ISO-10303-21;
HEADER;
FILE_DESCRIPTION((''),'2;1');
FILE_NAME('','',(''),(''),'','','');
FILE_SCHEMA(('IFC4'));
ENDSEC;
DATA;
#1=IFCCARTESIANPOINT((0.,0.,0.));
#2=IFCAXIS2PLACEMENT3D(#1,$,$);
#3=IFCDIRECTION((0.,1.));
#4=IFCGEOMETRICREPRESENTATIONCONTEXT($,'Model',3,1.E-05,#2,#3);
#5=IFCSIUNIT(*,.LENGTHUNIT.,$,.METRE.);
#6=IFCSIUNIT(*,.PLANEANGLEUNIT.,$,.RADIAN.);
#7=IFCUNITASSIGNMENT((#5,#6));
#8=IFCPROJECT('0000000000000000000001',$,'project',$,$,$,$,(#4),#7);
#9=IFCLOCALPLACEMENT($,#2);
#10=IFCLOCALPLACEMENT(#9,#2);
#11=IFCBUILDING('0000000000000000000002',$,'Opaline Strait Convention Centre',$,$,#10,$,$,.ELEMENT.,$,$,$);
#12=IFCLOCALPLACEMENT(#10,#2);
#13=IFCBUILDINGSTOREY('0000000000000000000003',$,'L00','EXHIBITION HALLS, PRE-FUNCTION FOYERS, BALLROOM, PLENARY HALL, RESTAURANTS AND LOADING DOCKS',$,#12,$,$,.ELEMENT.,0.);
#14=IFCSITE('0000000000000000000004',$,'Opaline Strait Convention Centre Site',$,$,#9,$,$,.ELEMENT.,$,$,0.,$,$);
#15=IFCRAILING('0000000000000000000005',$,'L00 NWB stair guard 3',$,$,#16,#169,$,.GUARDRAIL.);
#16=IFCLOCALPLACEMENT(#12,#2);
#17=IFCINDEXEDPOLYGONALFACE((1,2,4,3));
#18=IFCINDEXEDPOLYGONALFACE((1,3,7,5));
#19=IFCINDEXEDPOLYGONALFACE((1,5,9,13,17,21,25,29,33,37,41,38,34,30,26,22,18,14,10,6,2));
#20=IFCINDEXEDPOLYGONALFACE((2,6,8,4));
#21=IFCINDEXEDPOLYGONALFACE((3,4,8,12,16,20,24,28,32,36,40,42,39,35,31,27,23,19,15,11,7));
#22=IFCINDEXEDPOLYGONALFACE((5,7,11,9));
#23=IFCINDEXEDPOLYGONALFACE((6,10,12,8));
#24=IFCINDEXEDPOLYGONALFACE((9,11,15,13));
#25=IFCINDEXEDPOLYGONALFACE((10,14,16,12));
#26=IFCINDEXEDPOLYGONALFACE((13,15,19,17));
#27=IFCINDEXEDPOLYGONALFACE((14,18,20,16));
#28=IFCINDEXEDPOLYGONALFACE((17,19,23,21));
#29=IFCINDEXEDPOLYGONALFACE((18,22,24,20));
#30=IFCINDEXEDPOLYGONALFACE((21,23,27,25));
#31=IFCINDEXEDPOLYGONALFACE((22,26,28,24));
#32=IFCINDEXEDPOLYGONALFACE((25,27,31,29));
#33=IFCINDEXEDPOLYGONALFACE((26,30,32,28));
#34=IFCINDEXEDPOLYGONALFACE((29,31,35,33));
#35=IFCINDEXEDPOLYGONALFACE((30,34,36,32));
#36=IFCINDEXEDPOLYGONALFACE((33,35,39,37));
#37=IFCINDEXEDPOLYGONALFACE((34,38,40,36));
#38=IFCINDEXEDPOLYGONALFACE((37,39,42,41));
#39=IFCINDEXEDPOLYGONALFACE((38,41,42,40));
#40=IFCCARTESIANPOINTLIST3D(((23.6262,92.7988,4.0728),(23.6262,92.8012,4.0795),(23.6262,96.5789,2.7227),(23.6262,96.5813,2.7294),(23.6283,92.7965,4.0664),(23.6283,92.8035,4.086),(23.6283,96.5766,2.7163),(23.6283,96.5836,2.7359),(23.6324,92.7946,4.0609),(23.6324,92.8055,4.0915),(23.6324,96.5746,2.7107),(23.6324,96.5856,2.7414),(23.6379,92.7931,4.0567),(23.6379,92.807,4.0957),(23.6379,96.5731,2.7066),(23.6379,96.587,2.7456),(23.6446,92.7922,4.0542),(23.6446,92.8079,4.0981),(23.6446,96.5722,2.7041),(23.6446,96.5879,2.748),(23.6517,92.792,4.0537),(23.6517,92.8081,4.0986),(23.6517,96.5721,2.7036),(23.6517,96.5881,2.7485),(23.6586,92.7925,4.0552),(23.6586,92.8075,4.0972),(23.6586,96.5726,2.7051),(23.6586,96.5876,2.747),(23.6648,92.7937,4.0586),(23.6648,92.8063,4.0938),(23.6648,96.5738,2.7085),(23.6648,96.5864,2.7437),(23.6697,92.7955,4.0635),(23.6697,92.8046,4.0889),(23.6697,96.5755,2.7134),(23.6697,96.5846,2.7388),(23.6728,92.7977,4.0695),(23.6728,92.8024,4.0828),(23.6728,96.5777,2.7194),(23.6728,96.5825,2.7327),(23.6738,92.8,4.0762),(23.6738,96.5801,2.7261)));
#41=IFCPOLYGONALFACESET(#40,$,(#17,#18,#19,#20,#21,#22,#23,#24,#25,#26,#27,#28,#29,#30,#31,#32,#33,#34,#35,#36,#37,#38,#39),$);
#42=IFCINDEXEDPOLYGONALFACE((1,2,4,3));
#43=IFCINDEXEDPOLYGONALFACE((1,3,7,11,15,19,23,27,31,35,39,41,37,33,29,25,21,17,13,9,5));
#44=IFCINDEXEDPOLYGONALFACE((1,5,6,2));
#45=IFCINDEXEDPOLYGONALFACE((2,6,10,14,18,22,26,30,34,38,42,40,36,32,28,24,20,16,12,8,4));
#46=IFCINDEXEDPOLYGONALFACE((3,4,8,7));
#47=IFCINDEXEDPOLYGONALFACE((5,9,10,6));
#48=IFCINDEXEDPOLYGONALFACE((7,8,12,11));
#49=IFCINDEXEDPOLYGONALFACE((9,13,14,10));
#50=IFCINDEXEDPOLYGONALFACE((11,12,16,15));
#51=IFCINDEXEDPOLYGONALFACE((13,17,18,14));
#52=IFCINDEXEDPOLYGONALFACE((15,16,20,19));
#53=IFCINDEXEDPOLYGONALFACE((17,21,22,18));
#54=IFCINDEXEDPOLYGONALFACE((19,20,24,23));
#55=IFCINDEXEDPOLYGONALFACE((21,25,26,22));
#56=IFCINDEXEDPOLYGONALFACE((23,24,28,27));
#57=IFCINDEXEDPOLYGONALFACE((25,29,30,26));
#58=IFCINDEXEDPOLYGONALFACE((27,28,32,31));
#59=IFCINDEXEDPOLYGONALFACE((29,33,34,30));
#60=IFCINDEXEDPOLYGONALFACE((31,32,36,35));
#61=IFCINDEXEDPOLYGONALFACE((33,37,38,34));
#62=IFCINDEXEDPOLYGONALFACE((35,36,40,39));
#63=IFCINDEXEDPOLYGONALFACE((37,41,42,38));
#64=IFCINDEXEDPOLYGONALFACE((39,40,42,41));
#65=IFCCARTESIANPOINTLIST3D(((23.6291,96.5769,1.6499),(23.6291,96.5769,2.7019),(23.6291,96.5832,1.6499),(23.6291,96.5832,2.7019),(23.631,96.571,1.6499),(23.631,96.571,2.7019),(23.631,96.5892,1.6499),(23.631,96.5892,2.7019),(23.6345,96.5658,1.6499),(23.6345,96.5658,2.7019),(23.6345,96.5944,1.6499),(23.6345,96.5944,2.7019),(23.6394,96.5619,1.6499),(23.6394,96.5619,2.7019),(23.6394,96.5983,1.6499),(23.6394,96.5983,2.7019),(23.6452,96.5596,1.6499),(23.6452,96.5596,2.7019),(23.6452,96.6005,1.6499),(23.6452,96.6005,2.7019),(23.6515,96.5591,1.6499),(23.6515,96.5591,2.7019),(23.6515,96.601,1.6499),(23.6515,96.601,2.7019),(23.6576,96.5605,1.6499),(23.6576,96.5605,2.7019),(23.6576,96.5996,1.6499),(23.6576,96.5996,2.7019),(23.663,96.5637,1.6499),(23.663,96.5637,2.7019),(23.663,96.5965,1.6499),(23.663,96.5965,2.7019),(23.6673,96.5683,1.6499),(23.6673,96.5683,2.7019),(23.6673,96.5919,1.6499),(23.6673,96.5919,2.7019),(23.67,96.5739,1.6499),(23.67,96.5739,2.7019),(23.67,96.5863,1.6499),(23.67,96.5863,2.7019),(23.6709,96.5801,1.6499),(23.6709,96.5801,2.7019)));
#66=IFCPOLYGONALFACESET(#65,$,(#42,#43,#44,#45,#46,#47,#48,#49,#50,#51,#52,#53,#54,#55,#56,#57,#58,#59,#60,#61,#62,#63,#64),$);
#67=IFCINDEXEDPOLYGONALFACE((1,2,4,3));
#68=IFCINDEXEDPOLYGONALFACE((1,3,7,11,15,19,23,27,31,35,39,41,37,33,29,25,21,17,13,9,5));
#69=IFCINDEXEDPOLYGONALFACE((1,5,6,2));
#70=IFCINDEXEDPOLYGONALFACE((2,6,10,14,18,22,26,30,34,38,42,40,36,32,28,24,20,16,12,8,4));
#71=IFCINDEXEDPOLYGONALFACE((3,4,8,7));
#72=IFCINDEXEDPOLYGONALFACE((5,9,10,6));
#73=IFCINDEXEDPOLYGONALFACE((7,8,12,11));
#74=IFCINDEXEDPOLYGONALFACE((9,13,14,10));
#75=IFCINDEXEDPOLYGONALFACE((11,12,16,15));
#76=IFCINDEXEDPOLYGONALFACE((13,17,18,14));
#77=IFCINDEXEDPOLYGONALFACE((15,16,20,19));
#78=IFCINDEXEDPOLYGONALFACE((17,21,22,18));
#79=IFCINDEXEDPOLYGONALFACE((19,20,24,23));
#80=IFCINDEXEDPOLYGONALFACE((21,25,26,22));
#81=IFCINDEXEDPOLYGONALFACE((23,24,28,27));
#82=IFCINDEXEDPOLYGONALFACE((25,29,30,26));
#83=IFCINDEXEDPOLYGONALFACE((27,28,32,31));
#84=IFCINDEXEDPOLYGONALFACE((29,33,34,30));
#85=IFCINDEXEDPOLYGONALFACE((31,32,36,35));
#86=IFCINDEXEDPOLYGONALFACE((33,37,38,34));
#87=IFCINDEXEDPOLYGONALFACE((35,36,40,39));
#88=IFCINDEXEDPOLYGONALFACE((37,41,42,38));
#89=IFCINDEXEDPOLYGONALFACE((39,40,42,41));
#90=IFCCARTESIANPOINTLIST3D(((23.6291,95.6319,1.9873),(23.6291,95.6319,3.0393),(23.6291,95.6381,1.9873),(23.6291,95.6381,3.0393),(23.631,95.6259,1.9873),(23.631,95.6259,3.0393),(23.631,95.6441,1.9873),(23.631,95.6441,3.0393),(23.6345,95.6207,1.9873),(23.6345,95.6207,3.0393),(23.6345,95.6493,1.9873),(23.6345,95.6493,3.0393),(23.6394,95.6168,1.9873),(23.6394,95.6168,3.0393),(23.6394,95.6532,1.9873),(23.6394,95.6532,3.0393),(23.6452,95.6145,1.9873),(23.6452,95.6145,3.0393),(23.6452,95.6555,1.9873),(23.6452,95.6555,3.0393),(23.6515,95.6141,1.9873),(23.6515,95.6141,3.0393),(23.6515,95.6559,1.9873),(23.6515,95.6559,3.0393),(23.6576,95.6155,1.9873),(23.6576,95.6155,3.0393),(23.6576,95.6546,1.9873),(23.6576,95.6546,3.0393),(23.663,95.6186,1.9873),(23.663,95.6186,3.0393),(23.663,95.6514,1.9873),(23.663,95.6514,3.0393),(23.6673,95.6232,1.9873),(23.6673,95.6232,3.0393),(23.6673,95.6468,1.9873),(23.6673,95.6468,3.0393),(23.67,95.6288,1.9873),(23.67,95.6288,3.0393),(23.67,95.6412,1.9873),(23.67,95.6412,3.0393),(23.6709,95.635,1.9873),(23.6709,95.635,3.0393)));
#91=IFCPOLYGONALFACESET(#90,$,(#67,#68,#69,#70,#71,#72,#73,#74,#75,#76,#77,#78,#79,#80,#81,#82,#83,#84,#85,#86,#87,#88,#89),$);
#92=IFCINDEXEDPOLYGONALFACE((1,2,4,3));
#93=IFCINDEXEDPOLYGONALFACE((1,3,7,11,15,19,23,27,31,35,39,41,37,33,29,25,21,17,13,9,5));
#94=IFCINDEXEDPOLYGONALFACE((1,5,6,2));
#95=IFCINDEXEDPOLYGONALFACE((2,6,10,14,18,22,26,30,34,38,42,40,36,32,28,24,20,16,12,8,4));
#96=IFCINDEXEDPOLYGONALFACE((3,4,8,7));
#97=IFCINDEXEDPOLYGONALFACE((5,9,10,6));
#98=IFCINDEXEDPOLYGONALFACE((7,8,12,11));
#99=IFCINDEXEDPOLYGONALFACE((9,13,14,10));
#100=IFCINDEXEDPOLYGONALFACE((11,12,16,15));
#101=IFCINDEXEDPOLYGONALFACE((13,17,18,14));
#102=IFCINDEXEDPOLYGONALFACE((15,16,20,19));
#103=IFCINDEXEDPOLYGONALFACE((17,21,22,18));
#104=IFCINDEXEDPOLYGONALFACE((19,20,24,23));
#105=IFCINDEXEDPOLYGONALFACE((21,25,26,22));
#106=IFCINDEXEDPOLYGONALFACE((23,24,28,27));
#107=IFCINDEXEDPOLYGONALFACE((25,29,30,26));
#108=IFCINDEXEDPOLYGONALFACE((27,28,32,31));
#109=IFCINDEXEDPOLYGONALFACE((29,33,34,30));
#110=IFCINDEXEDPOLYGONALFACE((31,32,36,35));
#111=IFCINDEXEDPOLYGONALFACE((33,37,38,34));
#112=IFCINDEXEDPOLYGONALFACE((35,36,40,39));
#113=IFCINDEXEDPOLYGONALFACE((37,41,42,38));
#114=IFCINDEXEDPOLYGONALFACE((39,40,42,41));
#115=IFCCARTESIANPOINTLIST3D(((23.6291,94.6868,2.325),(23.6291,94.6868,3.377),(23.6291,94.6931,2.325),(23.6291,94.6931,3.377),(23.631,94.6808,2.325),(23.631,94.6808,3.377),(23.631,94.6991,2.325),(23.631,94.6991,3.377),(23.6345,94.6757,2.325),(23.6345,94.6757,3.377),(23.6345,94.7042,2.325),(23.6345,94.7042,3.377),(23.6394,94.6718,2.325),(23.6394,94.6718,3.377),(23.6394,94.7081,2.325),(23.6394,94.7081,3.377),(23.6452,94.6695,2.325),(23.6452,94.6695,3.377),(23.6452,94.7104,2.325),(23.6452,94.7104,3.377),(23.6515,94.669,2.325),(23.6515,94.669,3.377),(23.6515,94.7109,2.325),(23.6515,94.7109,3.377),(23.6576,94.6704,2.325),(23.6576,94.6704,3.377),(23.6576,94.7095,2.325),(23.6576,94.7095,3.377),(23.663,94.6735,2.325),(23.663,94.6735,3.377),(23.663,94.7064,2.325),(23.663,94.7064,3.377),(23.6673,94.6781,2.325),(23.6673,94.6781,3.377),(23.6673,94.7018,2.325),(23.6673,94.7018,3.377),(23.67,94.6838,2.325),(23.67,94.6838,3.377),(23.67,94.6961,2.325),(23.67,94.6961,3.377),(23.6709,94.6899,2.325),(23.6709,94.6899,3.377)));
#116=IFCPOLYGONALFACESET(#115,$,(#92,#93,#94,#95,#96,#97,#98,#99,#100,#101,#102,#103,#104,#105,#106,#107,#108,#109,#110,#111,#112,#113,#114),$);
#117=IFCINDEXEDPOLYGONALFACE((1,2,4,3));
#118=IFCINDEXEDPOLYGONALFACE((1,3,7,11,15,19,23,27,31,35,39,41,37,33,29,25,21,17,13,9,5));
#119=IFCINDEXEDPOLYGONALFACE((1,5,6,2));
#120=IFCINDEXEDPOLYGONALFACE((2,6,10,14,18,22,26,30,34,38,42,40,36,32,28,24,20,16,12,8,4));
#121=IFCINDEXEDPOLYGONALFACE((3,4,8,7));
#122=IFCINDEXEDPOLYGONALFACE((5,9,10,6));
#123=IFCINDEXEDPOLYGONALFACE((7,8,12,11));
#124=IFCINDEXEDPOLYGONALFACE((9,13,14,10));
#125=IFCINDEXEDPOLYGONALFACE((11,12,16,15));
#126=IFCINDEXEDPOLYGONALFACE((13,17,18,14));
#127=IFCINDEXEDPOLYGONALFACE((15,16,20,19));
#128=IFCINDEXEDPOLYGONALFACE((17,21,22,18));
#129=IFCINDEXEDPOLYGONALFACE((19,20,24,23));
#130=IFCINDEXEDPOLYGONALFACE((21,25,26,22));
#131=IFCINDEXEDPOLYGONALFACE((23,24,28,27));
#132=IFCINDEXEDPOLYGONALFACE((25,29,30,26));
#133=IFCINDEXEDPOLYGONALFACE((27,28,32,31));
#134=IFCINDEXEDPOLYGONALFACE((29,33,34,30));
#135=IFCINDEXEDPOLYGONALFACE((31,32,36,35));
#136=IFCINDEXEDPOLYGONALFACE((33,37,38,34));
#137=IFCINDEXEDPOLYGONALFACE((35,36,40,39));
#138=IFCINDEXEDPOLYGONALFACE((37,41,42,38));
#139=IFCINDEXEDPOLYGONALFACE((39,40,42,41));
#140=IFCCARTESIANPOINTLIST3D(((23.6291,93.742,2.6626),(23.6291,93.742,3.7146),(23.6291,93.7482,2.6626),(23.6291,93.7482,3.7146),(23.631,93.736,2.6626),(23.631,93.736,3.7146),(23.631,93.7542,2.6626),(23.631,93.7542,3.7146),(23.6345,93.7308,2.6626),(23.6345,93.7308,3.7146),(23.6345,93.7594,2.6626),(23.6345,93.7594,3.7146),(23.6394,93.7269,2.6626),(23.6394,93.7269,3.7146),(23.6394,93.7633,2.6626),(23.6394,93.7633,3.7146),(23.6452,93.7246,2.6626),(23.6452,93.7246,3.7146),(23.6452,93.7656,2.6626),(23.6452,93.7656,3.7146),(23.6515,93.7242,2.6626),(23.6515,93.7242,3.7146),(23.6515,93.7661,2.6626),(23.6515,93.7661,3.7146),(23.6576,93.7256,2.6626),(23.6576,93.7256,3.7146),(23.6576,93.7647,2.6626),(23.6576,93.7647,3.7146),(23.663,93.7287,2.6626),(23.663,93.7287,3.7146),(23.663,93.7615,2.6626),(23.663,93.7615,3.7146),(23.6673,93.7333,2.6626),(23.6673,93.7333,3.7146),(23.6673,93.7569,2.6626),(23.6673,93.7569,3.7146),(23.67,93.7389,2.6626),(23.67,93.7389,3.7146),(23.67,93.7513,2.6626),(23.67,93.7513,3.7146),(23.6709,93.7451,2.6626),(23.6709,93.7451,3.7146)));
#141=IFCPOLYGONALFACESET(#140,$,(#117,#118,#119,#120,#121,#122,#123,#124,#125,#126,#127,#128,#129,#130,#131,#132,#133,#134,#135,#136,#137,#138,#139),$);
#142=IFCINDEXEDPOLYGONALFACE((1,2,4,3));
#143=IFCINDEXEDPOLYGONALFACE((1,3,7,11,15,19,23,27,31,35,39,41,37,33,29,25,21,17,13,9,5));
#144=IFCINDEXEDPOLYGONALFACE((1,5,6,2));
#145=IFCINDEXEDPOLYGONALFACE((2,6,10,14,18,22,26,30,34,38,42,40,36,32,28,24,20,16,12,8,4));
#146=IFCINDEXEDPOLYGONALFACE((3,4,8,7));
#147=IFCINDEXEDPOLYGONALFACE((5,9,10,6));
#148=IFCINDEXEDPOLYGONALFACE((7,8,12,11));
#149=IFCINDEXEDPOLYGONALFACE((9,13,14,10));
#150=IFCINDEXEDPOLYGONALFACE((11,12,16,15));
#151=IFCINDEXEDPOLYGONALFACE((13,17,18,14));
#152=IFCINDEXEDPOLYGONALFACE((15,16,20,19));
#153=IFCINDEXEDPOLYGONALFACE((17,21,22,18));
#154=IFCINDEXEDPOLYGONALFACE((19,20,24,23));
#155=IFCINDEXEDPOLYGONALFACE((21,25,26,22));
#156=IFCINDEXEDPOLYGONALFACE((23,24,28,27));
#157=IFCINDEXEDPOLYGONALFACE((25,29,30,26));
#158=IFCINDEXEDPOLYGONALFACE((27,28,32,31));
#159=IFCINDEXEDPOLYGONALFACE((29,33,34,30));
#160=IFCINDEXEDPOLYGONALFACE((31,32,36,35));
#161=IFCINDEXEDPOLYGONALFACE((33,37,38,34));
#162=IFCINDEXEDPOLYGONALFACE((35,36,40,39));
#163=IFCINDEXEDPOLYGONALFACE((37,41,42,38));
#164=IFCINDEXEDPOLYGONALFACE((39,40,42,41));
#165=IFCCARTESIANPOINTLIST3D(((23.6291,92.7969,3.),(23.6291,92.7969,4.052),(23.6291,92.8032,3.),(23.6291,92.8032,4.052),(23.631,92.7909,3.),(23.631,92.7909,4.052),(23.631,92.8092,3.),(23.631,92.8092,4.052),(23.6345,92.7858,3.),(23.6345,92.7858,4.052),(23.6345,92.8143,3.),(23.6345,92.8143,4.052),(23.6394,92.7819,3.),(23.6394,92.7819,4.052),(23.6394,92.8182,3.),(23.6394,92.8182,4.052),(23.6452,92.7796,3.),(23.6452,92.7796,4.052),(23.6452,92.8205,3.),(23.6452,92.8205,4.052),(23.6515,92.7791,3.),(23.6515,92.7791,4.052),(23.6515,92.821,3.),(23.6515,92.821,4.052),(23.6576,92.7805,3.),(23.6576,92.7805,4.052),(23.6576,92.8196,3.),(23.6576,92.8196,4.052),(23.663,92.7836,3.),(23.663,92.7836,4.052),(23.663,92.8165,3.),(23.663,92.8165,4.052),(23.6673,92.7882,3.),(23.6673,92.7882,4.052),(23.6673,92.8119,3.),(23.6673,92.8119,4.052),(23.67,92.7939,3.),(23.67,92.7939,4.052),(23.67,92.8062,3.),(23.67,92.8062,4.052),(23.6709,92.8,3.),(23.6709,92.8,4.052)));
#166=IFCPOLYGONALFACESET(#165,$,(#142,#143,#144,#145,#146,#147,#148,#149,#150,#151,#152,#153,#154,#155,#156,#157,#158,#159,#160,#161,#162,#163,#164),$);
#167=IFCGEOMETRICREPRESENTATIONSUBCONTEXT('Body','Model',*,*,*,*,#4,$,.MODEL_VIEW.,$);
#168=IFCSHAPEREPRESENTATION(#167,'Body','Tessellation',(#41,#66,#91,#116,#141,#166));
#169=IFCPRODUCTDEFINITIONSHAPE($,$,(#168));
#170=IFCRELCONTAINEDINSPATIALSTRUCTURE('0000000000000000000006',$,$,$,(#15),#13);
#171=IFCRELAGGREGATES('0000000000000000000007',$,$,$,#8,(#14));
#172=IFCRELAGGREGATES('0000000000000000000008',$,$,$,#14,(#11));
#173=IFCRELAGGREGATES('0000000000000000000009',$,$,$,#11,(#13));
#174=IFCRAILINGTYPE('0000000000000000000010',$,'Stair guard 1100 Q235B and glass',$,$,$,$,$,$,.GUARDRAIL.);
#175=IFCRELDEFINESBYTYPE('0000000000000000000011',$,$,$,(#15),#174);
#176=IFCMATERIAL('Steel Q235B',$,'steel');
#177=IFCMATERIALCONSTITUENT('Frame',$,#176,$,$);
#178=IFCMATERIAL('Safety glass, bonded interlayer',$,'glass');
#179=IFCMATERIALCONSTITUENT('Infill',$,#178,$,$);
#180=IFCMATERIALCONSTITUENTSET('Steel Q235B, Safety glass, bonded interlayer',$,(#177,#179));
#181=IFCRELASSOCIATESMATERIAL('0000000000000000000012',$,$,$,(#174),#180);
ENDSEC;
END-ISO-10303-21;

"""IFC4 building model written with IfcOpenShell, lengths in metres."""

from ifc_helpers import new_model, si_unit, direction, frame, origin, origin_2d, place, context, subcontext, project, spatial, circle, extrude, material, constituent, constituent_set, type_object, element, save


model = new_model("IFC4")

# Units and contexts
model_context = context("Model", 3, precision=1e-05, world=origin(), true_north=direction((0.0, 1.0)))
body_context = subcontext(model_context, "Body", "Model", "MODEL_VIEW")
ifc_project = project(units=[si_unit("LENGTHUNIT", "METRE"), si_unit("PLANEANGLEUNIT", "RADIAN")], contexts=[model_context])

# Site, building, storey
site_placement = place(None, origin())
site = spatial("IfcSite", under=ifc_project, at=site_placement, Name="Opaline Strait Convention Centre Site", CompositionType="ELEMENT", RefElevation=0.0)
building_placement = place(site_placement, origin())
building = spatial("IfcBuilding", under=site, at=building_placement, Name="Opaline Strait Convention Centre", CompositionType="ELEMENT")
storey_placement = place(building_placement, origin())
storey = spatial("IfcBuildingStorey", under=building, at=storey_placement, Name="L00", Description="EXHIBITION HALLS, PRE-FUNCTION FOYERS, BALLROOM, PLENARY HALL, RESTAURANTS AND LOADING DOCKS", CompositionType="ELEMENT", Elevation=0.0)

# Railing
ifc_material_1 = material(Name="Steel Q235B", Category="steel")
ifc_constituent_1 = constituent(ifc_material_1, Name="Frame")
ifc_material_2 = material(Name="Safety glass, bonded interlayer", Category="glass")
ifc_constituent_2 = constituent(ifc_material_2, Name="Infill")
ifc_constituent_set = constituent_set(constituents=[ifc_constituent_1, ifc_constituent_2], Name="Steel Q235B, Safety glass, bonded interlayer")
railing_type_1 = type_object("IfcRailingType", Name="Stair guard 1100 Q235B and glass", PredefinedType="GUARDRAIL", material=ifc_constituent_set)
railing_1_placement = place(storey_placement, frame((23.6499, 96.5801, 1.6499)))
element("IfcRailing", 1, at=railing_1_placement, inside=storey, type_object=railing_type_1, Name="L00 NWB stair guard 3", PredefinedType="GUARDRAIL", context=body_context, shape_type="SweptSolid", body=[
    extrude(circle(Radius=0.0239, at=origin_2d()), frame((0.0, 0.0, 1.0762), z_axis=(0.0, -0.941735, 0.336356), x_axis=(1.0, 0.0, 0.0)), (0.0, 0.0, 1.0), 4.0139),
    extrude(circle(Radius=0.021, at=origin_2d()), origin(), (0.0, 0.0, 1.0), 1.052),
    extrude(circle(Radius=0.021, at=origin_2d()), frame((0.0, -0.9451, 0.3374)), (0.0, 0.0, 1.0), 1.052),
    extrude(circle(Radius=0.021, at=origin_2d()), frame((0.0, -1.8901, 0.675)), (0.0, 0.0, 1.0), 1.052),
    extrude(circle(Radius=0.021, at=origin_2d()), frame((0.0, -2.835, 1.0127)), (0.0, 0.0, 1.0), 1.052),
    extrude(circle(Radius=0.021, at=origin_2d()), frame((0.0, -3.78, 1.3501)), (0.0, 0.0, 1.0), 1.052),
])

save(model, "model.ifc")
